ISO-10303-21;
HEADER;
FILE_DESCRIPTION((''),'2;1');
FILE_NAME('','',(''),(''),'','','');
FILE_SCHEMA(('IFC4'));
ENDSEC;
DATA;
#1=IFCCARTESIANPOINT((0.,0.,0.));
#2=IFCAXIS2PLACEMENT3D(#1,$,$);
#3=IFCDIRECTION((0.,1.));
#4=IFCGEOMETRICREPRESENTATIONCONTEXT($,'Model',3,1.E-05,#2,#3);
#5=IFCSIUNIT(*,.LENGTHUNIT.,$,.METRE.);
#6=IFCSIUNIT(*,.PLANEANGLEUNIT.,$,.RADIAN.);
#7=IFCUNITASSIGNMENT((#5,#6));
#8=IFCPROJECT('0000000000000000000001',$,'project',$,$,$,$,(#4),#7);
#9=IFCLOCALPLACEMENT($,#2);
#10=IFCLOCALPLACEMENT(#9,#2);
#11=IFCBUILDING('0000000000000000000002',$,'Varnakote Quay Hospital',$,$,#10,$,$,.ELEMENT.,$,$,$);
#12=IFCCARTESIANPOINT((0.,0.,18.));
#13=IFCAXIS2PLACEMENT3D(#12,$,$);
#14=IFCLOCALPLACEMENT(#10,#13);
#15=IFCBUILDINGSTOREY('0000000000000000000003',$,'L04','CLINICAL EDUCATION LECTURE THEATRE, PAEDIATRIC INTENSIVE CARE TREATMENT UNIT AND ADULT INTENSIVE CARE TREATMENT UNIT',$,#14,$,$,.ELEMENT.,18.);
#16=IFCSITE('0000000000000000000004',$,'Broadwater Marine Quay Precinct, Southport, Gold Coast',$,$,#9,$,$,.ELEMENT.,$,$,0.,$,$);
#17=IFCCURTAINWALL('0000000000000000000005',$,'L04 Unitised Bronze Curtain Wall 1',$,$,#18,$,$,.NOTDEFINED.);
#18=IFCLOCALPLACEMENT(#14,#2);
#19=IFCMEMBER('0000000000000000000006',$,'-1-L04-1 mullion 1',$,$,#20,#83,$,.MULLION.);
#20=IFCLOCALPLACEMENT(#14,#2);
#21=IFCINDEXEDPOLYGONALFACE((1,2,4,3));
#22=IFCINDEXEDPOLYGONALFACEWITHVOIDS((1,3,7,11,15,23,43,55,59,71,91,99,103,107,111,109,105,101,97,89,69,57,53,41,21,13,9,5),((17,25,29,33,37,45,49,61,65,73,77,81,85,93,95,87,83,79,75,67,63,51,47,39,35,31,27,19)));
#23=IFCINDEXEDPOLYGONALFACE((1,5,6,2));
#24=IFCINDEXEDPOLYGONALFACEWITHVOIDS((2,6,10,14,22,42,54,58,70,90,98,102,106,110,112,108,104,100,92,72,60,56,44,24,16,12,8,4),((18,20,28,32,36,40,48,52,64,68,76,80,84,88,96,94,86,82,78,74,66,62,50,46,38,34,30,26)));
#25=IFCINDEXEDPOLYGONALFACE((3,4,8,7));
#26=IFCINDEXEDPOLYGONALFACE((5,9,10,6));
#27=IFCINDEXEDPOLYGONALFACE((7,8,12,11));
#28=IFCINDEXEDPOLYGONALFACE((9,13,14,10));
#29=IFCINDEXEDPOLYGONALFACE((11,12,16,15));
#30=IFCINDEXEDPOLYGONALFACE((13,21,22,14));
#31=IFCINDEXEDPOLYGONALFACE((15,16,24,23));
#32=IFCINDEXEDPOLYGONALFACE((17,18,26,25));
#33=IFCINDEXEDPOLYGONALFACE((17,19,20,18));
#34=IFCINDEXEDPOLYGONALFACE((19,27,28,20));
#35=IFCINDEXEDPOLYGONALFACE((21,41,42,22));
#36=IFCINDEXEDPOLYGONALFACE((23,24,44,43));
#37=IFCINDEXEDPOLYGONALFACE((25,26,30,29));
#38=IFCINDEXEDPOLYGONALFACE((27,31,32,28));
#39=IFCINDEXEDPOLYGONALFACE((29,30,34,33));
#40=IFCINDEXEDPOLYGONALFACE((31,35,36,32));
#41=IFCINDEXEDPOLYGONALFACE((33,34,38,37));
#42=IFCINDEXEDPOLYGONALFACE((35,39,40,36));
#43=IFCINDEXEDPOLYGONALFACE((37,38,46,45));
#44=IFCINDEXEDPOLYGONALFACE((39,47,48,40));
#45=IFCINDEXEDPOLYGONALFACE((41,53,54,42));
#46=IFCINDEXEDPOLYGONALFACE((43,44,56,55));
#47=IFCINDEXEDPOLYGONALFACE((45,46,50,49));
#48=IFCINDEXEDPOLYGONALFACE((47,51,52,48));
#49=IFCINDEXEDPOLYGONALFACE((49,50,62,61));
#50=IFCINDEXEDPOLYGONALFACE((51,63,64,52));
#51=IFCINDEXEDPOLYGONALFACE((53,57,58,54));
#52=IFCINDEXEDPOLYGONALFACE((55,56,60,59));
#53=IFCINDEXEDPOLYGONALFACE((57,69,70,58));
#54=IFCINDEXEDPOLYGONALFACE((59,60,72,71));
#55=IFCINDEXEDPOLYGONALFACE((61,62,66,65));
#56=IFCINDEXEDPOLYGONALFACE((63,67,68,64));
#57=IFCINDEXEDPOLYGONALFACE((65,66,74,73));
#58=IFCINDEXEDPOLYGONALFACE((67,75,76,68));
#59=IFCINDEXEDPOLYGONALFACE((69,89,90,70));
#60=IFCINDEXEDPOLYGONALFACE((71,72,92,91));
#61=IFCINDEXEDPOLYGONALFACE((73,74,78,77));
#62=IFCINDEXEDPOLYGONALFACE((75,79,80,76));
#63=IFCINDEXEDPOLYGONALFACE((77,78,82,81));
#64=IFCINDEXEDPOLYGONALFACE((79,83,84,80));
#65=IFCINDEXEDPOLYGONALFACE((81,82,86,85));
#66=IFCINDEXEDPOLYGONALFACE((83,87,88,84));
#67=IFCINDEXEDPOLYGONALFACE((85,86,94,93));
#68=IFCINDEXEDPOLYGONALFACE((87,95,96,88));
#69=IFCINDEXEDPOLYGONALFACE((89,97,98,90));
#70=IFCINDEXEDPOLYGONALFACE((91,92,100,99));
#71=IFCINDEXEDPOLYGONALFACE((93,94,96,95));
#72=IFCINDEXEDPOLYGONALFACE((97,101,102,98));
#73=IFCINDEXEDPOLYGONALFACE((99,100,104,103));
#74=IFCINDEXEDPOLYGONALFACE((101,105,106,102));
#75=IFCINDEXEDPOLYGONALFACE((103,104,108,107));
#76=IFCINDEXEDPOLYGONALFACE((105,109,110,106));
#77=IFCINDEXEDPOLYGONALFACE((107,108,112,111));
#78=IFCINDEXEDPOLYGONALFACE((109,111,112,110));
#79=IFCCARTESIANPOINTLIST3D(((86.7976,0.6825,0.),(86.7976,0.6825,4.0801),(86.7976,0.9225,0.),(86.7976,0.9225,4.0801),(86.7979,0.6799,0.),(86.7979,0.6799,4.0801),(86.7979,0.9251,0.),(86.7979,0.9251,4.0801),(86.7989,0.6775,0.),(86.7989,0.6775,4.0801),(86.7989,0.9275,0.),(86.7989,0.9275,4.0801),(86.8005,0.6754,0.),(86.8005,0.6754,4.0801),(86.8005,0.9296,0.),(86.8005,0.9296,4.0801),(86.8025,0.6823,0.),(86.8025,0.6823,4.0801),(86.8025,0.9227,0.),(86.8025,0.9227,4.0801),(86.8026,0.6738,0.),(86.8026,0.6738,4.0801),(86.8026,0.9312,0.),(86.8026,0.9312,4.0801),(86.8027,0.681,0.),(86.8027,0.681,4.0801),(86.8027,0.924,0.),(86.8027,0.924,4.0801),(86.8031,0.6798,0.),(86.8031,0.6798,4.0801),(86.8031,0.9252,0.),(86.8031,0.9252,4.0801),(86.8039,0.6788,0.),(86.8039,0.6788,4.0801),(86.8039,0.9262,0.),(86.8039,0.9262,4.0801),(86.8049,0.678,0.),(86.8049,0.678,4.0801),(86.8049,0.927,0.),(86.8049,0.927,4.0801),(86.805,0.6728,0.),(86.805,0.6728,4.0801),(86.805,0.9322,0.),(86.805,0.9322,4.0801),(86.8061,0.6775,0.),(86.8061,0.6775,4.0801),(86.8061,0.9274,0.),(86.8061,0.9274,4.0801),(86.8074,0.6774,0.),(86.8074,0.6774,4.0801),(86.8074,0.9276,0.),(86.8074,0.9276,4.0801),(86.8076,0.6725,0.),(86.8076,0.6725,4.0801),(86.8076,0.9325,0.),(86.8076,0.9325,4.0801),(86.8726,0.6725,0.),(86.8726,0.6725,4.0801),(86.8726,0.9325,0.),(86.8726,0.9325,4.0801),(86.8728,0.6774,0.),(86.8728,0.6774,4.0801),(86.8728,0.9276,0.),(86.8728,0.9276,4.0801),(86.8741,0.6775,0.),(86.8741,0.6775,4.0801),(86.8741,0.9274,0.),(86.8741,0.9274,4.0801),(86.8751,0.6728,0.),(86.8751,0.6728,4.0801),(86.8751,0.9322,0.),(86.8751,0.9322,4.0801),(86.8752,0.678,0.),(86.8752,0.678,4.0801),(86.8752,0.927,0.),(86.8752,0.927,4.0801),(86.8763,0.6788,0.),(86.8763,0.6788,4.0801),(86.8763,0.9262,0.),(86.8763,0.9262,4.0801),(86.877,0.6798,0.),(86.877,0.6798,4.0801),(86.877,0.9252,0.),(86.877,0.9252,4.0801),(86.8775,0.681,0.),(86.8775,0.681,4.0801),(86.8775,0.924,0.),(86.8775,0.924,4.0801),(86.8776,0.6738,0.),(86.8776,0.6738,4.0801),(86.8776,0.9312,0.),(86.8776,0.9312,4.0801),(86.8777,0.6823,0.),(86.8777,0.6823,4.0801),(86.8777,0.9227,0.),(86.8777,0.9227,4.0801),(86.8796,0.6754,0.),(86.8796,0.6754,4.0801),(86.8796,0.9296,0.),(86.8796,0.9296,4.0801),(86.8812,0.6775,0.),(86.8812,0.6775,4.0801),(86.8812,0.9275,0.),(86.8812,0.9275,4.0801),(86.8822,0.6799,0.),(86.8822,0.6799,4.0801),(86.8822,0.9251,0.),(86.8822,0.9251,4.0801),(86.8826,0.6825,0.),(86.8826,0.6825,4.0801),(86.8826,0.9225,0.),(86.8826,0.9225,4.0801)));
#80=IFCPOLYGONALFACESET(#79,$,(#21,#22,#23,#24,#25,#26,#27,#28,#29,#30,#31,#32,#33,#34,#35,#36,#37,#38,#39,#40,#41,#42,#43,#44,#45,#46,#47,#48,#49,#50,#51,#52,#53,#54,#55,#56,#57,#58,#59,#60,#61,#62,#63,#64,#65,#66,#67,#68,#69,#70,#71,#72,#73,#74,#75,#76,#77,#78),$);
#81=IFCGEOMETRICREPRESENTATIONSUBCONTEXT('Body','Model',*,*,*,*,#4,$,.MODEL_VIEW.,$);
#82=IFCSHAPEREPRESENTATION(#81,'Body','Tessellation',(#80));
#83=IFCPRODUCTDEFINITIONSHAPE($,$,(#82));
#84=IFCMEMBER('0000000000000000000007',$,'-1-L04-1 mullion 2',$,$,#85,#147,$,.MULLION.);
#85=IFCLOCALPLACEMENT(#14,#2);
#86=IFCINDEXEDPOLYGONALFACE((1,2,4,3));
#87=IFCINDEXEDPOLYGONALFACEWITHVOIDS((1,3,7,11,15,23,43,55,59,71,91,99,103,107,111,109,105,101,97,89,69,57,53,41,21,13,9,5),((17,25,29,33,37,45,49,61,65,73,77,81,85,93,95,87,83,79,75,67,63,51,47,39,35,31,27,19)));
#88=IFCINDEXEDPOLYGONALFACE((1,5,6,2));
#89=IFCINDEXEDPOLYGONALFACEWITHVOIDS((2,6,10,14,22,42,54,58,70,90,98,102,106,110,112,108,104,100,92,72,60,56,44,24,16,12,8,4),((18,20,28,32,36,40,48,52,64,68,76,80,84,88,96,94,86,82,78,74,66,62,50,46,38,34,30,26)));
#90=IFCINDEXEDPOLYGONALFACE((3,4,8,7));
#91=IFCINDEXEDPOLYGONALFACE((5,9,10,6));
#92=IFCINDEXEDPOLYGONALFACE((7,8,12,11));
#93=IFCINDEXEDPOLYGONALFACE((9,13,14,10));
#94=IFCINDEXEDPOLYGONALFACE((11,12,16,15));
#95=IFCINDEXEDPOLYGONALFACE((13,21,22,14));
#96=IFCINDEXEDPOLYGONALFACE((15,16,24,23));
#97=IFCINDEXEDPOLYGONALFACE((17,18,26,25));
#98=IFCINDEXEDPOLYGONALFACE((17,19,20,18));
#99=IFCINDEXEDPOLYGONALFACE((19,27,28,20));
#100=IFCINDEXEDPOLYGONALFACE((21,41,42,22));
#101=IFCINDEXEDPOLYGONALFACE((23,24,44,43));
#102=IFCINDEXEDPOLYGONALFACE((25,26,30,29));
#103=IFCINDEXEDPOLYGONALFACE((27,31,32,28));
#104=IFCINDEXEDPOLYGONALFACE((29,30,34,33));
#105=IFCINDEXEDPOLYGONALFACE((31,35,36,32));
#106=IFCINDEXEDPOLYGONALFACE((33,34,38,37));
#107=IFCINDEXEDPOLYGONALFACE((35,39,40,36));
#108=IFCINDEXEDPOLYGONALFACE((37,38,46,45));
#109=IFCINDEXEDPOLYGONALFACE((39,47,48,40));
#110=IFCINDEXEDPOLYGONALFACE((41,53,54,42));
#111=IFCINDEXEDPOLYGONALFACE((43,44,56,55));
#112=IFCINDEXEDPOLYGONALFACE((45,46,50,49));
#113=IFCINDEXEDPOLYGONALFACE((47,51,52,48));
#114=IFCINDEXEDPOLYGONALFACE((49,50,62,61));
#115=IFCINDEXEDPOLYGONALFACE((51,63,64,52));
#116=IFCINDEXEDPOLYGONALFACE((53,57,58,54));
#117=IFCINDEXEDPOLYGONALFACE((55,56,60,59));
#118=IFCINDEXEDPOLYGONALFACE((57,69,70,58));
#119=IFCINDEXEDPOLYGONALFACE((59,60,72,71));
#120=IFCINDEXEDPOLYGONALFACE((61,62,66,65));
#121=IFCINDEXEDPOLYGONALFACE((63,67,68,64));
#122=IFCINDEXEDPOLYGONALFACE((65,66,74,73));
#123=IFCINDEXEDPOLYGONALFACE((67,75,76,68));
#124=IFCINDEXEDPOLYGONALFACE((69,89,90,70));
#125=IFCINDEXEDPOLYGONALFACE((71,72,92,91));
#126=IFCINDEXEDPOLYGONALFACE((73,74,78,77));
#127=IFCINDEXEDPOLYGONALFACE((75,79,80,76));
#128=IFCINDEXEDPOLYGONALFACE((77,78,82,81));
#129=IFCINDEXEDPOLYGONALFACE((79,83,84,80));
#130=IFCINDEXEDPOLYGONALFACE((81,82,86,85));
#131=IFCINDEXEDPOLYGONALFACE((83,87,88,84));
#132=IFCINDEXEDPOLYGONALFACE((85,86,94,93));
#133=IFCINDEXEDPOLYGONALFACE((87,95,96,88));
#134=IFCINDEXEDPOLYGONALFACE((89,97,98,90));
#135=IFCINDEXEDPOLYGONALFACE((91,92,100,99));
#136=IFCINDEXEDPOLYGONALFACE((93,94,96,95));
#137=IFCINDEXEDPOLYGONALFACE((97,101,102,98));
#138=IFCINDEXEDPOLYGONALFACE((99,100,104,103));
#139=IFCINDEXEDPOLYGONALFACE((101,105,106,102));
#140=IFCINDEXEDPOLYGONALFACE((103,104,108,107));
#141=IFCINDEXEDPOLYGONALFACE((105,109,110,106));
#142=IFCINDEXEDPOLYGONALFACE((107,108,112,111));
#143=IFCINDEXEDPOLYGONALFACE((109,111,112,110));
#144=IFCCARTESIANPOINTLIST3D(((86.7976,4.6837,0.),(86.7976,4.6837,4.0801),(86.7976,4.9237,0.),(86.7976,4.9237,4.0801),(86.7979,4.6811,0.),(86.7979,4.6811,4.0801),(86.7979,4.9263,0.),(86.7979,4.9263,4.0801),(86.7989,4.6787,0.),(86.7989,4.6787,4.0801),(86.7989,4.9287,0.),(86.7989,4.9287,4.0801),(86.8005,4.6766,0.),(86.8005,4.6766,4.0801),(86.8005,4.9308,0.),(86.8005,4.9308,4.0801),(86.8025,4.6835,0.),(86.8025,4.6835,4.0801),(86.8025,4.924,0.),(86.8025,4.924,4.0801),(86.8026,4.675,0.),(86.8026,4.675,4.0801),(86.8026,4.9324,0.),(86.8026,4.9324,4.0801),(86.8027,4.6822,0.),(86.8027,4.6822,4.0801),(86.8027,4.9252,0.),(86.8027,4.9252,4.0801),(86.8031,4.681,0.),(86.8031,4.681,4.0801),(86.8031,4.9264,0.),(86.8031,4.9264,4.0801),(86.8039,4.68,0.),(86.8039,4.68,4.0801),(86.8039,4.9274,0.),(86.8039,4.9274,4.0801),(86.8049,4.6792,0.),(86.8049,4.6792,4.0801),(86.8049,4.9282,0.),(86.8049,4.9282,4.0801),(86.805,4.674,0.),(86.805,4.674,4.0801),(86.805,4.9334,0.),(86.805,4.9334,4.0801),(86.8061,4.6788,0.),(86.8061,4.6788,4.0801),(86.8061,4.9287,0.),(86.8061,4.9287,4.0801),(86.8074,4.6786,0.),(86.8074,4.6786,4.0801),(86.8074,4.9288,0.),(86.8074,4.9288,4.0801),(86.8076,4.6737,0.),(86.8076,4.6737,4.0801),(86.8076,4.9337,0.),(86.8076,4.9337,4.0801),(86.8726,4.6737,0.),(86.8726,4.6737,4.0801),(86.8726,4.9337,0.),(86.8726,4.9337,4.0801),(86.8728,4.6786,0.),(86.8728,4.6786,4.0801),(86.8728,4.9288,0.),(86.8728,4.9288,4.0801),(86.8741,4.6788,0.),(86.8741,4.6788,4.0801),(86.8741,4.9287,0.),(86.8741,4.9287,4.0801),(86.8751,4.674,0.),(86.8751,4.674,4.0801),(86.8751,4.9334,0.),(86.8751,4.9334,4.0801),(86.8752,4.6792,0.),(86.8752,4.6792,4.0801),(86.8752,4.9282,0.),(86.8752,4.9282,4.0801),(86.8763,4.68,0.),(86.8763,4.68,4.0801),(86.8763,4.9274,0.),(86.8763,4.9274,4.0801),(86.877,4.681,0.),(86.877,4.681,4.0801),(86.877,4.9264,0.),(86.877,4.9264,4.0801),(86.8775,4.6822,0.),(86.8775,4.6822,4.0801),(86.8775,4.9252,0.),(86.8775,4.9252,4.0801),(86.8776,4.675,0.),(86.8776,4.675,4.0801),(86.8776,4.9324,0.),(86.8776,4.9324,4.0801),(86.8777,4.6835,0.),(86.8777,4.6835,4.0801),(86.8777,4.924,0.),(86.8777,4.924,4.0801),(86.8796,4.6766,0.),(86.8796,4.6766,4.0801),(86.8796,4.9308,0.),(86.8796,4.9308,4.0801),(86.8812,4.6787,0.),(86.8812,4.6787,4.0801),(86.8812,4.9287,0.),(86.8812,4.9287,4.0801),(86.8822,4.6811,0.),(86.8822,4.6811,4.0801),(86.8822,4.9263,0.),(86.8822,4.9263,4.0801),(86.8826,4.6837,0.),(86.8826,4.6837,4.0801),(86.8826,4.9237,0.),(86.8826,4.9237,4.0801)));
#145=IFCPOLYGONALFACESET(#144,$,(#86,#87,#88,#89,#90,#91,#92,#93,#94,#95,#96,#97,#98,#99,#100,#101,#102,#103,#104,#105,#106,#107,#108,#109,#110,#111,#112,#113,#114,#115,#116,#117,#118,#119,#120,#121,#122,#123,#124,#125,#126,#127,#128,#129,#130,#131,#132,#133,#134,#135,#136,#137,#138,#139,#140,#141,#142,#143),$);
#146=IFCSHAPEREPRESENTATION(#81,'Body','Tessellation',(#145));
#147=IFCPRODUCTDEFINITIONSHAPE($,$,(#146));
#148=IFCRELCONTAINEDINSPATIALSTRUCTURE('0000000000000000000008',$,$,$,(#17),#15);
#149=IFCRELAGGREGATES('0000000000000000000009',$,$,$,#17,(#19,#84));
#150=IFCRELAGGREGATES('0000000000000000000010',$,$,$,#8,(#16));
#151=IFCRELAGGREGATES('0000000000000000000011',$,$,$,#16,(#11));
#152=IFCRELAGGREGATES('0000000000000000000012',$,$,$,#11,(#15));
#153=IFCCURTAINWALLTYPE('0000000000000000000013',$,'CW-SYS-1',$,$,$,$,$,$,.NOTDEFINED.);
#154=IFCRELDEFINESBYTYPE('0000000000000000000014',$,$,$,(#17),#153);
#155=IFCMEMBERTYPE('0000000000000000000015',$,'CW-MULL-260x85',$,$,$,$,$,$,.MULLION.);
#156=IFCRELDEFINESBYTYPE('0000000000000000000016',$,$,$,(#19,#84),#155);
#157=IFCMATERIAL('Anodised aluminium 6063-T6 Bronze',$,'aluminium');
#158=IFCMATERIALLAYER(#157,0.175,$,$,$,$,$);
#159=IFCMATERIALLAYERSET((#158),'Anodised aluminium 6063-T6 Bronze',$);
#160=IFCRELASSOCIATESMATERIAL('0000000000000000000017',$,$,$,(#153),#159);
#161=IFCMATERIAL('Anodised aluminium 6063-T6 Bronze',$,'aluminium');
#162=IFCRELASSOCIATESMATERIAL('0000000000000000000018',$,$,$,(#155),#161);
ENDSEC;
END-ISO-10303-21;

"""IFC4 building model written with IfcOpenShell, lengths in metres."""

from ifc_helpers import new_model, si_unit, direction, frame, origin, origin_2d, place, context, subcontext, project, spatial, hollow_rectangle, extrude, material, layer, layer_set, material_profile, profile_set, type_object, element, aggregate, save


model = new_model("IFC4")

# Units and contexts
model_context = context("Model", 3, precision=1e-05, world=origin(), true_north=direction((0.0, 1.0)))
body_context = subcontext(model_context, "Body", "Model", "MODEL_VIEW")
ifc_project = project(units=[si_unit("LENGTHUNIT", "METRE"), si_unit("PLANEANGLEUNIT", "RADIAN")], contexts=[model_context])

# Site, building, storey
site_placement = place(None, origin())
site = spatial("IfcSite", under=ifc_project, at=site_placement, Name="Broadwater Marine Quay Precinct, Southport, Gold Coast", CompositionType="ELEMENT", RefElevation=0.0)
building_placement = place(site_placement, origin())
building = spatial("IfcBuilding", under=site, at=building_placement, Name="Varnakote Quay Hospital", CompositionType="ELEMENT")
storey_placement = place(building_placement, frame((0.0, 0.0, 18.0)))
storey = spatial("IfcBuildingStorey", under=building, at=storey_placement, Name="L04", Description="CLINICAL EDUCATION LECTURE THEATRE, PAEDIATRIC INTENSIVE CARE TREATMENT UNIT AND ADULT INTENSIVE CARE TREATMENT UNIT", CompositionType="ELEMENT", Elevation=18.0)

# Curtain wall, members
ifc_material_1 = material(Name="Anodised aluminium 6063-T6 Bronze", Category="aluminium")
ifc_layer_1 = layer(ifc_material_1, 0.175)
ifc_layer_set_1 = layer_set([ifc_layer_1], Name="Anodised aluminium 6063-T6 Bronze")
curtain_wall_type = type_object("IfcCurtainWallType", Name="CW-SYS-1", PredefinedType="NOTDEFINED", material=ifc_layer_set_1)
curtain_wall_placement = place(storey_placement, origin())
curtain_wall = element("IfcCurtainWall", 1, at=curtain_wall_placement, inside=storey, type_object=curtain_wall_type, Name="L04 Unitised Bronze Curtain Wall 1", PredefinedType="NOTDEFINED")
ifc_material_2 = material(Name="Anodised aluminium 6063-T6 Bronze", Category="aluminium")
ifc_material_profile_1 = material_profile(ifc_material_2, hollow_rectangle(XDim=0.085, YDim=0.26, WallThickness=0.0049, InnerFilletRadius=0.0049, OuterFilletRadius=0.01, at=origin_2d()), Name="CW-MULL-260x85")
ifc_profile_set_1 = profile_set([ifc_material_profile_1], Name="Anodised aluminium 6063-T6 Bronze")
member_type_1 = type_object("IfcMemberType", Name="CW-MULL-260x85", PredefinedType="MULLION", material=ifc_profile_set_1)
member_1_placement = place(storey_placement, frame((86.8401, 0.8025, 0.0), z_axis=(0.0, 0.0, 1.0), x_axis=(-1.0, 0.0, 0.0)))
member_1 = element("IfcMember", 2, at=member_1_placement, type_object=member_type_1, Name="-1-L04-1 mullion 1", PredefinedType="MULLION", context=body_context, shape_type="SweptSolid", body=[
    extrude(hollow_rectangle(XDim=0.085, YDim=0.26, WallThickness=0.0049, InnerFilletRadius=0.0049, OuterFilletRadius=0.01, at=origin_2d()), origin(), (0.0, 0.0, 1.0), 4.0801),
])
member_2_placement = place(storey_placement, frame((86.8401, 4.8037, 0.0), z_axis=(0.0, 0.0, 1.0), x_axis=(-1.0, 0.0, 0.0)))
member_2 = element("IfcMember", 3, at=member_2_placement, type_object=member_type_1, Name="-1-L04-1 mullion 2", PredefinedType="MULLION", context=body_context, shape_type="SweptSolid", body=[
    extrude(hollow_rectangle(XDim=0.085, YDim=0.26, WallThickness=0.0049, InnerFilletRadius=0.0049, OuterFilletRadius=0.01, at=origin_2d()), origin(), (0.0, 0.0, 1.0), 4.0801),
])
aggregate(curtain_wall, [member_1, member_2])

save(model, "model.ifc")
